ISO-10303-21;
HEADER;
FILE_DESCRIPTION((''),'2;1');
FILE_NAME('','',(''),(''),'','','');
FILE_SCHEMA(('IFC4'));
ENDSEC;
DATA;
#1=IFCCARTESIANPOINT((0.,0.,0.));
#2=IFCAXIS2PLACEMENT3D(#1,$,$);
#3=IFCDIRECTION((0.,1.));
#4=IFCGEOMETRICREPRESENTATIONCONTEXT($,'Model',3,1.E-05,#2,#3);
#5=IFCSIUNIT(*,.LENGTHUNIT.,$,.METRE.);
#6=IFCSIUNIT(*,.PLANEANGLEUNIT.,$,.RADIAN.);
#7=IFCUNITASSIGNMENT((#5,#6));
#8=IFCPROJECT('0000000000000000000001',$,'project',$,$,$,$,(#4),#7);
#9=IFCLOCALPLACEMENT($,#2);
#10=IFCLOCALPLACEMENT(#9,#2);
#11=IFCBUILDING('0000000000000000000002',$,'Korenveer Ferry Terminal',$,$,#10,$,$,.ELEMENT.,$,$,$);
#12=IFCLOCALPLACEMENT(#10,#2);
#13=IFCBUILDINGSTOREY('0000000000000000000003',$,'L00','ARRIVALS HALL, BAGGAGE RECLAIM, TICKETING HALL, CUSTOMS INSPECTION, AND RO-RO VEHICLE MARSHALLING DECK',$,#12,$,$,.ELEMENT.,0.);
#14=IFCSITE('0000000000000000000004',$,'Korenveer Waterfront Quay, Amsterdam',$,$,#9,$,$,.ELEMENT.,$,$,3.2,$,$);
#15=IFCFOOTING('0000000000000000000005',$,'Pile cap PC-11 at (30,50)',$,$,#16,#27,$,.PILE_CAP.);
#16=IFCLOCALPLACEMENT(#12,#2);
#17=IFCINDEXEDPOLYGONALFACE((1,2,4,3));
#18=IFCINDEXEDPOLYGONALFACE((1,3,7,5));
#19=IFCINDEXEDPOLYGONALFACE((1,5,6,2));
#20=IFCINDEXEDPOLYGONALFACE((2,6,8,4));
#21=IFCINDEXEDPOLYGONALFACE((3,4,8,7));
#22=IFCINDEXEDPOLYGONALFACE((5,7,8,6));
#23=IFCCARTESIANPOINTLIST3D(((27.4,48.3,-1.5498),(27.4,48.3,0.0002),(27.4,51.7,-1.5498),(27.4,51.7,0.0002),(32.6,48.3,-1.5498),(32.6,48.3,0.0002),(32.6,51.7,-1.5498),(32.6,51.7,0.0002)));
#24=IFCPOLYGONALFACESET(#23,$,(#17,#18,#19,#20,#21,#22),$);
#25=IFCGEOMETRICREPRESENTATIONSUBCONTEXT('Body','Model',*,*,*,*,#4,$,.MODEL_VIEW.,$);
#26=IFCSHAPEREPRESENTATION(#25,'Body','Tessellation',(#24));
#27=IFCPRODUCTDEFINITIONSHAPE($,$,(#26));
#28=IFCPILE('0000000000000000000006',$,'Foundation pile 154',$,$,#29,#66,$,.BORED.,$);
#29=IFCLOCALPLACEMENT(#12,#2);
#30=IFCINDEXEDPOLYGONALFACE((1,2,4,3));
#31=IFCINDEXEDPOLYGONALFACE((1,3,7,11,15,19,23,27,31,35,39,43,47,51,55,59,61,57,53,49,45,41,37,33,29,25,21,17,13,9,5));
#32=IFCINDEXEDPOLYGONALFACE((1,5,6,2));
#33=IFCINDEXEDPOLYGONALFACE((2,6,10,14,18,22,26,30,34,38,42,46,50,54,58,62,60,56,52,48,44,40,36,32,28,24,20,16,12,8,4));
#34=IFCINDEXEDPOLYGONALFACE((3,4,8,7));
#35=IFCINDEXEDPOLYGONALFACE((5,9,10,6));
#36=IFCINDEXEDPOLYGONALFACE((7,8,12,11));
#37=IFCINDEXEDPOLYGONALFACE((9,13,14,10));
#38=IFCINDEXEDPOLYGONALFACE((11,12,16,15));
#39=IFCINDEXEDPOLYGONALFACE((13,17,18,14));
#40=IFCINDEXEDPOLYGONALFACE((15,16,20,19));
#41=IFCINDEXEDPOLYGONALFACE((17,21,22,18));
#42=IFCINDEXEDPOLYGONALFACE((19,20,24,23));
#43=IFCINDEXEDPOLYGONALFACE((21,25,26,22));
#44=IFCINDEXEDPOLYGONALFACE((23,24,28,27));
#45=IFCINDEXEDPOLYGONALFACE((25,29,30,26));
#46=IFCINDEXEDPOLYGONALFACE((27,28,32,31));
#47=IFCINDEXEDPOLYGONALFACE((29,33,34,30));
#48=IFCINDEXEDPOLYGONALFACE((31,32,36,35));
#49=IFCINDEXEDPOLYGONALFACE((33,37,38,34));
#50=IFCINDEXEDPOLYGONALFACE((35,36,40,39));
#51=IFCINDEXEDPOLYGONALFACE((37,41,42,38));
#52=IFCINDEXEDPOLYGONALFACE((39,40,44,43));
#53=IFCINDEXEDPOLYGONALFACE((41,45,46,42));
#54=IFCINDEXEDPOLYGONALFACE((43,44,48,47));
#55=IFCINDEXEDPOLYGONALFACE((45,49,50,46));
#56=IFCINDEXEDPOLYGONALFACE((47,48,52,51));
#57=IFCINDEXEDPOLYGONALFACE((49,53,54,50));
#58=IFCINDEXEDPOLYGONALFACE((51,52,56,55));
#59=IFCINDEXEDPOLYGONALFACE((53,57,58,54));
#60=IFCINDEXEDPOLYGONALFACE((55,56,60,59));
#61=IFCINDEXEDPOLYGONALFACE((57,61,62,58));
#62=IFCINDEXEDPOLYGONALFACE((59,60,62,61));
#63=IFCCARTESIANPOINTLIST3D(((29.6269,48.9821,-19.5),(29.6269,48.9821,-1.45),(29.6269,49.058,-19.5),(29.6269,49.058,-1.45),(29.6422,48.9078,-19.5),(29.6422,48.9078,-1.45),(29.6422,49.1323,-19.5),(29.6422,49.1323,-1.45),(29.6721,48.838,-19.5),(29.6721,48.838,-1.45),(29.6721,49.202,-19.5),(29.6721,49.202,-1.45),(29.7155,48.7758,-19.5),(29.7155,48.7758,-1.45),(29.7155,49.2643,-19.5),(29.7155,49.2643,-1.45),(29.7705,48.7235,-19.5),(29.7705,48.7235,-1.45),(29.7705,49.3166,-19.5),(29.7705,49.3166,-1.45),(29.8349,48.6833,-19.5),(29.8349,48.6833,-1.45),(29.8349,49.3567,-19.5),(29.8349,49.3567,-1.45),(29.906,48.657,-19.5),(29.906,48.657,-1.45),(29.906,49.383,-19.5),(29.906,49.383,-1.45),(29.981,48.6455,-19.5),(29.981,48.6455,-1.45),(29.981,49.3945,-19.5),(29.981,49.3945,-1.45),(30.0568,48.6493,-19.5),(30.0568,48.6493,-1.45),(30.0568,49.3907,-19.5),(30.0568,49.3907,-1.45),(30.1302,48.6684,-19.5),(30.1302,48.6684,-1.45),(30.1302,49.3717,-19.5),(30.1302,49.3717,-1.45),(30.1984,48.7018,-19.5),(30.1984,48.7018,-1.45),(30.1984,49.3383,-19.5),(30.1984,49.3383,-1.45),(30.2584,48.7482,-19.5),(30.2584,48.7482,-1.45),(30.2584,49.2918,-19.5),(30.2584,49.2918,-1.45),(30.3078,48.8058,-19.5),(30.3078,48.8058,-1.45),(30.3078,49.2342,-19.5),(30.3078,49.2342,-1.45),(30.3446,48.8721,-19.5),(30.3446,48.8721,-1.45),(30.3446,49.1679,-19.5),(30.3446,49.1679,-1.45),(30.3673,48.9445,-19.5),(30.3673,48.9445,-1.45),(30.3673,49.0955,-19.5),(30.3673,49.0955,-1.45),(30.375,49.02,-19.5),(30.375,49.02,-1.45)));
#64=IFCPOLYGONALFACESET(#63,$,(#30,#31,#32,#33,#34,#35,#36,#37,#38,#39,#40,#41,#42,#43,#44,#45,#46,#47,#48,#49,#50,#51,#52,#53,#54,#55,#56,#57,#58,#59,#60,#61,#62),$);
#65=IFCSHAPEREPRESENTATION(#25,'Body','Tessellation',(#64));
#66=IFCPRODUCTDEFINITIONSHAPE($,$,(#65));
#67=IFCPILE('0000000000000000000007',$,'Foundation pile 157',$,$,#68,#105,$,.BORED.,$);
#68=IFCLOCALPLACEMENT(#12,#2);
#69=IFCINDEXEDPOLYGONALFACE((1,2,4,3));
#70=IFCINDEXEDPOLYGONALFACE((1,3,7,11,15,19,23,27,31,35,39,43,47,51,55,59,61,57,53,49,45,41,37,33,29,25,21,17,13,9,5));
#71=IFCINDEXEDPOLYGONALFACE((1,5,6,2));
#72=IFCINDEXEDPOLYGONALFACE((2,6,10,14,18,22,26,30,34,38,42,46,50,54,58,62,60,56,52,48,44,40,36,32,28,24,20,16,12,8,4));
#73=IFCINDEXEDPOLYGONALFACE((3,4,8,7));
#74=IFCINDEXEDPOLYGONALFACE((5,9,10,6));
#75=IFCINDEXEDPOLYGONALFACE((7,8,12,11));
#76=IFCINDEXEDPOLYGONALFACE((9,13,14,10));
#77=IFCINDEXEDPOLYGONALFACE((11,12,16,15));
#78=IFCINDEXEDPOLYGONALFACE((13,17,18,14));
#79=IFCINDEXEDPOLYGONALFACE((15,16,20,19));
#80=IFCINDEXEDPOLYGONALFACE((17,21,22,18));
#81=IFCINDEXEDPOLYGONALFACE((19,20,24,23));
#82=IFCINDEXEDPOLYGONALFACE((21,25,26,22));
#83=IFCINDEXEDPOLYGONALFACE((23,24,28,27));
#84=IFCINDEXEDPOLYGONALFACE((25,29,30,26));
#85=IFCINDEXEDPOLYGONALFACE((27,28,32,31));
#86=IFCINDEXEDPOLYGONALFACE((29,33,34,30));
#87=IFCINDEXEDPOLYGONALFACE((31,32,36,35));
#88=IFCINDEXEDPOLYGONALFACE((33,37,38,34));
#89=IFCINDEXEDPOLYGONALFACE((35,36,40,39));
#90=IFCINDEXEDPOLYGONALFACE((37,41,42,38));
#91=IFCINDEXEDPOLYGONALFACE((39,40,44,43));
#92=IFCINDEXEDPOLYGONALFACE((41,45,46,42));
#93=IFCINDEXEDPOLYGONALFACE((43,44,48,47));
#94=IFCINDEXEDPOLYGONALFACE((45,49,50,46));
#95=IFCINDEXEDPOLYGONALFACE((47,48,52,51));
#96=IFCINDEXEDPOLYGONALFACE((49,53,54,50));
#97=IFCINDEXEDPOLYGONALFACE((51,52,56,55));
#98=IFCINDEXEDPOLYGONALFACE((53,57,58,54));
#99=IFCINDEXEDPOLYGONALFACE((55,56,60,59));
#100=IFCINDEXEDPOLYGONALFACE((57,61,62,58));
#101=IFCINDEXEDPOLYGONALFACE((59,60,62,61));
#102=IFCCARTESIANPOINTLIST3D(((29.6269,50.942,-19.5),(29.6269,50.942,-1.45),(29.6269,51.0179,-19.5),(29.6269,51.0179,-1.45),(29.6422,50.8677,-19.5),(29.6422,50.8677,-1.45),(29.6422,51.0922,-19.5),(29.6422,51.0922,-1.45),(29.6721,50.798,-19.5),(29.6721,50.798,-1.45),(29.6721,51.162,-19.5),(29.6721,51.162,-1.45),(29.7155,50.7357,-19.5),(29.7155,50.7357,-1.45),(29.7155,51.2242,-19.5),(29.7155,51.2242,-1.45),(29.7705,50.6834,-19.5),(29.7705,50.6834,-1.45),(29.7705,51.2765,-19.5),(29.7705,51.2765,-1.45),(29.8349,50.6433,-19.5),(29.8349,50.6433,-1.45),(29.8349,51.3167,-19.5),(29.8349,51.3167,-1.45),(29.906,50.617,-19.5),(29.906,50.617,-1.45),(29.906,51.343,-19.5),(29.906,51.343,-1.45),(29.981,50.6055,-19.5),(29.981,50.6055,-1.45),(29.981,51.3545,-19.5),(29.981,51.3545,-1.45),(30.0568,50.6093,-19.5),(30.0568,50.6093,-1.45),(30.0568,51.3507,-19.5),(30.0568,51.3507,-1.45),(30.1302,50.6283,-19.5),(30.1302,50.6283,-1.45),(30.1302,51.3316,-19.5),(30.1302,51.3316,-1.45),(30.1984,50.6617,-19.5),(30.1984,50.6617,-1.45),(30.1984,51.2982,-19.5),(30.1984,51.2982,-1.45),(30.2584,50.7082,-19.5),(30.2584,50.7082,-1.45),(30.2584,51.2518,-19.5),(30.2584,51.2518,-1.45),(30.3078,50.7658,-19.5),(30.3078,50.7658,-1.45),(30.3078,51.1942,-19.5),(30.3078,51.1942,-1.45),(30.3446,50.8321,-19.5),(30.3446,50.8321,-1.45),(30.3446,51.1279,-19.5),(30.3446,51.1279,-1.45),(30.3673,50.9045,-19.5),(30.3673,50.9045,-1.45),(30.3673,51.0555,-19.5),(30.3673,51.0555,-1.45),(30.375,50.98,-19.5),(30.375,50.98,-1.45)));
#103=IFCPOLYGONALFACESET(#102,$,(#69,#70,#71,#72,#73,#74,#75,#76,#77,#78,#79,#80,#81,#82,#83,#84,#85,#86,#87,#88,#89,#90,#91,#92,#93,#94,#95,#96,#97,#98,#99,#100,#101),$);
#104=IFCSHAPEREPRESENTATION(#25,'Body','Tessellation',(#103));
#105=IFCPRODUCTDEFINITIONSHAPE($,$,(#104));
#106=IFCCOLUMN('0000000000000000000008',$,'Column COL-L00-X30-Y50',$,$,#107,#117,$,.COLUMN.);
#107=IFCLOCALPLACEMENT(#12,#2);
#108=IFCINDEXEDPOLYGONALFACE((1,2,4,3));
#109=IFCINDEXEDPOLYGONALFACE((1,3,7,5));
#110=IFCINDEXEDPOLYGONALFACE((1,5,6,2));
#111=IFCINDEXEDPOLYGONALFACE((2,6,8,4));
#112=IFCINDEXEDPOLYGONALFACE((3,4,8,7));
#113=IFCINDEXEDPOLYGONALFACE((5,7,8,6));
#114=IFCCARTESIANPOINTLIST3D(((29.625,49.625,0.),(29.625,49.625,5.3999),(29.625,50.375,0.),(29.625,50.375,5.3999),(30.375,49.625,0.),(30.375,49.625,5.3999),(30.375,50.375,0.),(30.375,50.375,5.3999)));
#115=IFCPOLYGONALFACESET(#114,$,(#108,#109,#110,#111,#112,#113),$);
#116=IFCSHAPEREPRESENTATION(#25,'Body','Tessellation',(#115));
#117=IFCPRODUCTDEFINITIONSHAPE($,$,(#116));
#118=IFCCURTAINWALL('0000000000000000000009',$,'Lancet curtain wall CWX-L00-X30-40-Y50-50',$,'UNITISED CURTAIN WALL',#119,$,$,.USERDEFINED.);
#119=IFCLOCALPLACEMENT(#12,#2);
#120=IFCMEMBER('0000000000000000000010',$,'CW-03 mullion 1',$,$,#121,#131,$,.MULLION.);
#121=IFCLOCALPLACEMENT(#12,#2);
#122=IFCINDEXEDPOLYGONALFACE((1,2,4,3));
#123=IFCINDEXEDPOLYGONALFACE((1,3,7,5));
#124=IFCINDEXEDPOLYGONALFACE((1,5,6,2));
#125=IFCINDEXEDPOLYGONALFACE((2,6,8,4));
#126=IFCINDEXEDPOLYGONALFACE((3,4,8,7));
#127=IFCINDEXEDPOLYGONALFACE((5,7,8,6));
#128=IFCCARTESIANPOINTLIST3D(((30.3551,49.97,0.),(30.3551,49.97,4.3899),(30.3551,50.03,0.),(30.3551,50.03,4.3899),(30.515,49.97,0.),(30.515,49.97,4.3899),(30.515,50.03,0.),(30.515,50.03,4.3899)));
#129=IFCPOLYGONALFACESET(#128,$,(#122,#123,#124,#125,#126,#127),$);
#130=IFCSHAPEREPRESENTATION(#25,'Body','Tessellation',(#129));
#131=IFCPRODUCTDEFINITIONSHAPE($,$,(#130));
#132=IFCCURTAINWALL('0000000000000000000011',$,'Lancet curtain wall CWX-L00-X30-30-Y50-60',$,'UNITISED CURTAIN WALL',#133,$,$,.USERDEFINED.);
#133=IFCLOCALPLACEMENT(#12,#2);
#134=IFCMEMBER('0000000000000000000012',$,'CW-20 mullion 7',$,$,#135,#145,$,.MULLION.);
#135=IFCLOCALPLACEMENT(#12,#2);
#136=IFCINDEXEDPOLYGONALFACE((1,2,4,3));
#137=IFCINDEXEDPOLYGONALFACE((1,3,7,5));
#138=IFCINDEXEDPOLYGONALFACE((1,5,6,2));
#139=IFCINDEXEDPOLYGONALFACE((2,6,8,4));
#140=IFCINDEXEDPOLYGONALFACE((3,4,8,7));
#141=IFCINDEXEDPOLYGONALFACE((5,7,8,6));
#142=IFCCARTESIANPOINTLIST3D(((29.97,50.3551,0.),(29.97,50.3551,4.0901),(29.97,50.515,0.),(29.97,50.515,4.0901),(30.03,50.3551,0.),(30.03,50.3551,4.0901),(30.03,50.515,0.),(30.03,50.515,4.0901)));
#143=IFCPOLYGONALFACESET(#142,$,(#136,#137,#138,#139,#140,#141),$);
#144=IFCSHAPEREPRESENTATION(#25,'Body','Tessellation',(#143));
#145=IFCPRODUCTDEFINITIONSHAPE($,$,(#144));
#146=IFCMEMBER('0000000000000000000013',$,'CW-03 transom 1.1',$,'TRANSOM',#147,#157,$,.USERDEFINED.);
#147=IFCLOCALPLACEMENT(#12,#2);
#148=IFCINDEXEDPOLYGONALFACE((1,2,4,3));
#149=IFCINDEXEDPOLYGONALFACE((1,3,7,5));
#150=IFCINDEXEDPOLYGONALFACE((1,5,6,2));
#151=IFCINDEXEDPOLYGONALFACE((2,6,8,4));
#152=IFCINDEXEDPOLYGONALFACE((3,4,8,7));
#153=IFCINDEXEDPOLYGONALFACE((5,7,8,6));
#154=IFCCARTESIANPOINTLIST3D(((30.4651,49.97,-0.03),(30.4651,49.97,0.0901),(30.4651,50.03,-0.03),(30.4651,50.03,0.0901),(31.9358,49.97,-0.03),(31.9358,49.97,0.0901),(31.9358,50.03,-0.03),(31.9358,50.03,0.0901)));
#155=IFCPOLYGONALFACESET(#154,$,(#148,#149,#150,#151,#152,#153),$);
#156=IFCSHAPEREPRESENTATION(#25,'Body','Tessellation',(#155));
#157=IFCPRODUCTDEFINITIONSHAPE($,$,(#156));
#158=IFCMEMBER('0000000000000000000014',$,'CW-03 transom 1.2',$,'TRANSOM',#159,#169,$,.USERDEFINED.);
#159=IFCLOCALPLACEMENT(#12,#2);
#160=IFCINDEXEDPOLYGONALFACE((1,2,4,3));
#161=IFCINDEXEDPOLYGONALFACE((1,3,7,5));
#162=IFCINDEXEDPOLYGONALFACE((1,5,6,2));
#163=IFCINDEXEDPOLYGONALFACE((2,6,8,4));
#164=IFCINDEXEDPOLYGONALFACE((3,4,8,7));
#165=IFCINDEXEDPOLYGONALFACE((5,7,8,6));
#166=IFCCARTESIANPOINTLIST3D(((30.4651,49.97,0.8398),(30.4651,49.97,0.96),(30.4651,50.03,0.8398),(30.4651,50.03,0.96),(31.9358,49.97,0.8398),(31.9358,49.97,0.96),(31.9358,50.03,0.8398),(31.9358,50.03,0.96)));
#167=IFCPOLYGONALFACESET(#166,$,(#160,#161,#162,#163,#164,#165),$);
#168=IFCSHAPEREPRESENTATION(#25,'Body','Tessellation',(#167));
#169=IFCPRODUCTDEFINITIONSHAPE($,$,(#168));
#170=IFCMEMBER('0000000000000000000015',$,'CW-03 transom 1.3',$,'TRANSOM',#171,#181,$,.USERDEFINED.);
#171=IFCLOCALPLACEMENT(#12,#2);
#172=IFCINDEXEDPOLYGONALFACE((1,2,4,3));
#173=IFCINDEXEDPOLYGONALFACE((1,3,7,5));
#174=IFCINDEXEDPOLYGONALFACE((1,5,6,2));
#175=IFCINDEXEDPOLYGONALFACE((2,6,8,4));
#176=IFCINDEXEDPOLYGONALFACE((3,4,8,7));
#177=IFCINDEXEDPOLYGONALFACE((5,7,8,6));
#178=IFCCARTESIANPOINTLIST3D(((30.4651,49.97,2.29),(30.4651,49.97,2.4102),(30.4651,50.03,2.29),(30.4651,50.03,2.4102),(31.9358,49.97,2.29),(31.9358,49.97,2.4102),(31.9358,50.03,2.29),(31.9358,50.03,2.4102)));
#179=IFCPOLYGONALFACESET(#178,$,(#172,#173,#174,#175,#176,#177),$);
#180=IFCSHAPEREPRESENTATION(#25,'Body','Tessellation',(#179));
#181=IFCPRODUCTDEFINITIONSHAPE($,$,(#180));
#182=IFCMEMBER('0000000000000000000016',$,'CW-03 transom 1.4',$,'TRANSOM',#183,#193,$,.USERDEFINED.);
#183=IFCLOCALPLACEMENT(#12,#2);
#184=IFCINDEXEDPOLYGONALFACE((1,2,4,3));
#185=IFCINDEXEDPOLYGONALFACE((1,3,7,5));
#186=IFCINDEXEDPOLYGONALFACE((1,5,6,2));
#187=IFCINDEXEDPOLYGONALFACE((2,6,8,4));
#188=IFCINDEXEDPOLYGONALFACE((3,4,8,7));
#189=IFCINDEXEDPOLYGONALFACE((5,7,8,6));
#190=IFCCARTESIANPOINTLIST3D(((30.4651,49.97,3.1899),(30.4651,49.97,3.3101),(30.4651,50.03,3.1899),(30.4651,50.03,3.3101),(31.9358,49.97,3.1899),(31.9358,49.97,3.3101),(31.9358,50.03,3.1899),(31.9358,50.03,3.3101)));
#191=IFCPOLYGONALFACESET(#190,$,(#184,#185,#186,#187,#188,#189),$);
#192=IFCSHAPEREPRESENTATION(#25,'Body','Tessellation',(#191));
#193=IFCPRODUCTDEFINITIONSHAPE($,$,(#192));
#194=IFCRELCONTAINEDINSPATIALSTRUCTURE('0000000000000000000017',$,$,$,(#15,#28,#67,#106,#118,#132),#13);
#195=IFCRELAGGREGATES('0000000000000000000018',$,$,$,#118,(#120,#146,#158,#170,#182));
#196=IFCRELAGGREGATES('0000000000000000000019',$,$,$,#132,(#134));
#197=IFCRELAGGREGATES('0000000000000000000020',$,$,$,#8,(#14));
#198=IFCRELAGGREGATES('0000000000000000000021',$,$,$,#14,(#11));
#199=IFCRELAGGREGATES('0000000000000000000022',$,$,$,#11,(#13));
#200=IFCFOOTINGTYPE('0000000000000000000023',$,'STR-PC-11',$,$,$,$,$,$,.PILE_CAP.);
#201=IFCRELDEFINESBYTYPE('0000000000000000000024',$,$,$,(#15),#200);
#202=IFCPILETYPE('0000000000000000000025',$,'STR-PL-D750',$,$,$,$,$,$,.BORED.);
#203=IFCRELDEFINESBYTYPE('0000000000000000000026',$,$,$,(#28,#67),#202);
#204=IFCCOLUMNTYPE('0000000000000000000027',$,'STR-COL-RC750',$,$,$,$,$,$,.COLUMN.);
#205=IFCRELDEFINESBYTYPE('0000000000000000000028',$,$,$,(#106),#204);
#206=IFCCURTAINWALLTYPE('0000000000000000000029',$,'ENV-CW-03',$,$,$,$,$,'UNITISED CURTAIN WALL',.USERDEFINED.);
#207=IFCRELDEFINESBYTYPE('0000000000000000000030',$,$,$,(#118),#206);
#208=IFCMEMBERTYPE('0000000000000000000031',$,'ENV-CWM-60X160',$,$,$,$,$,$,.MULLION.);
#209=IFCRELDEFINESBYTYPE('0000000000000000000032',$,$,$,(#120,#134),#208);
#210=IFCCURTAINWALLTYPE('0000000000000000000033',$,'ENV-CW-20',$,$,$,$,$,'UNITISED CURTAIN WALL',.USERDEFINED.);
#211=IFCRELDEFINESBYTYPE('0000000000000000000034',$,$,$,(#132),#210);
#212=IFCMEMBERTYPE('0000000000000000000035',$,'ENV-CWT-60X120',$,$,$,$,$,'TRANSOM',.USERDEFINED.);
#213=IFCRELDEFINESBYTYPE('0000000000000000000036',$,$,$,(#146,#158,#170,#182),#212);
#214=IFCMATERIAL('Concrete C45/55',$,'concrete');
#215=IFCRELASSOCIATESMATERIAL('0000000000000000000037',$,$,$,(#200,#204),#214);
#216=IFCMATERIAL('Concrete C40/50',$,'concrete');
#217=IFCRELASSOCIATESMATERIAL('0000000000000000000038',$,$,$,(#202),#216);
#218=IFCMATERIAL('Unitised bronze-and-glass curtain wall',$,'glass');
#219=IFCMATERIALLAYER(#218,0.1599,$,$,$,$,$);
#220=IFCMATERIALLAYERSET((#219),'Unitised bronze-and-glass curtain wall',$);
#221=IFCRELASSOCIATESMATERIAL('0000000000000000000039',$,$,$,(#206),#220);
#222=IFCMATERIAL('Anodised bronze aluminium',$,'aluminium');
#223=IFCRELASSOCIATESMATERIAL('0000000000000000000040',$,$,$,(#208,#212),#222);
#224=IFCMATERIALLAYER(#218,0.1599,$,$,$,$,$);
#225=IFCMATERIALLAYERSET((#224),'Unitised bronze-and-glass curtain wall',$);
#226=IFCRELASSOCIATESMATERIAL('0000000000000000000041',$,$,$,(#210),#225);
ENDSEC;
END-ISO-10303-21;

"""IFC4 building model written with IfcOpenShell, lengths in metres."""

from ifc_helpers import new_model, si_unit, direction, frame, origin, origin_2d, place, context, subcontext, project, spatial, rectangle, circle, extrude, material, layer, layer_set, material_profile, profile_set, type_object, element, aggregate, save


model = new_model("IFC4")

# Units and contexts
model_context = context("Model", 3, precision=1e-05, world=origin(), true_north=direction((0.0, 1.0)))
body_context = subcontext(model_context, "Body", "Model", "MODEL_VIEW")
ifc_project = project(units=[si_unit("LENGTHUNIT", "METRE"), si_unit("PLANEANGLEUNIT", "RADIAN")], contexts=[model_context])

# Site, building, storey
site_placement = place(None, origin())
site = spatial("IfcSite", under=ifc_project, at=site_placement, Name="Korenveer Waterfront Quay, Amsterdam", CompositionType="ELEMENT", RefElevation=3.2)
building_placement = place(site_placement, origin())
building = spatial("IfcBuilding", under=site, at=building_placement, Name="Korenveer Ferry Terminal", CompositionType="ELEMENT")
storey_placement = place(building_placement, origin())
storey = spatial("IfcBuildingStorey", under=building, at=storey_placement, Name="L00", Description="ARRIVALS HALL, BAGGAGE RECLAIM, TICKETING HALL, CUSTOMS INSPECTION, AND RO-RO VEHICLE MARSHALLING DECK", CompositionType="ELEMENT", Elevation=0.0)

# Footing
ifc_material_1 = material(Name="Concrete C45/55", Category="concrete")
footing_type = type_object("IfcFootingType", Name="STR-PC-11", PredefinedType="PILE_CAP", material=ifc_material_1)
footing_placement = place(storey_placement, frame((30.0, 50.0, -1.5498), z_axis=(0.0, 0.0, 1.0), x_axis=(1.0, 0.0, 0.0)))
element("IfcFooting", 1, at=footing_placement, inside=storey, type_object=footing_type, Name="Pile cap PC-11 at (30,50)", PredefinedType="PILE_CAP", context=body_context, shape_type="SweptSolid", body=[
    extrude(rectangle(XDim=5.2, YDim=3.3999, at=origin_2d()), origin(), (0.0, 0.0, 1.0), 1.55),
])

# Piles
ifc_material_2 = material(Name="Concrete C40/50", Category="concrete")
ifc_material_profile_1 = material_profile(ifc_material_2, circle(Radius=0.375, at=origin_2d()), Name="PILE D750")
ifc_profile_set_1 = profile_set([ifc_material_profile_1], Name="Concrete C40/50")
pile_type = type_object("IfcPileType", Name="STR-PL-D750", PredefinedType="BORED", material=ifc_profile_set_1)
for number, where, z_axis, x_axis, name in (
    (2, (30.0, 49.02, -1.45), (0.0, 0.0, -1.0), (1.0, 0.0, 0.0), "Foundation pile 154"),
    (3, (30.0, 50.98, -1.45), (0.0, 0.0, -1.0), (1.0, 0.0, 0.0), "Foundation pile 157"),
):
    element("IfcPile", number, at=place(storey_placement, frame(where, z_axis=z_axis, x_axis=x_axis)), inside=storey, type_object=pile_type, Name=name, PredefinedType="BORED", context=body_context, shape_type="SweptSolid", body=[
        extrude(circle(Radius=0.375, at=origin_2d()), origin(), (0.0, 0.0, 1.0), 18.05),
    ])

# Column
ifc_material_profile_2 = material_profile(ifc_material_1, rectangle(XDim=0.75, YDim=0.75, at=origin_2d()), Name="RC 750x750")
ifc_profile_set_2 = profile_set([ifc_material_profile_2], Name="Concrete C45/55")
column_type = type_object("IfcColumnType", Name="STR-COL-RC750", PredefinedType="COLUMN", material=ifc_profile_set_2)
column_placement = place(storey_placement, frame((30.0, 50.0, 0.0), z_axis=(0.0, 0.0, 1.0), x_axis=(1.0, 0.0, 0.0)))
element("IfcColumn", 4, at=column_placement, inside=storey, type_object=column_type, Name="Column COL-L00-X30-Y50", PredefinedType="COLUMN", context=body_context, shape_type="SweptSolid", body=[
    extrude(rectangle(XDim=0.75, YDim=0.75, at=origin_2d()), origin(), (0.0, 0.0, 1.0), 5.3999),
])

# Curtain walls, members
ifc_material_3 = material(Name="Unitised bronze-and-glass curtain wall", Category="glass")
ifc_layer_1 = layer(ifc_material_3, 0.1599)
ifc_layer_set_1 = layer_set([ifc_layer_1], Name="Unitised bronze-and-glass curtain wall")
curtain_wall_type_1 = type_object("IfcCurtainWallType", Name="ENV-CW-03", ElementType="UNITISED CURTAIN WALL", PredefinedType="USERDEFINED", material=ifc_layer_set_1)
curtain_wall_1_placement = place(storey_placement, frame((30.405, 50.0, 0.0)))
curtain_wall_1 = element("IfcCurtainWall", 5, at=curtain_wall_1_placement, inside=storey, type_object=curtain_wall_type_1, Name="Lancet curtain wall CWX-L00-X30-40-Y50-50", ObjectType="UNITISED CURTAIN WALL", PredefinedType="USERDEFINED")
ifc_material_4 = material(Name="Anodised bronze aluminium", Category="aluminium")
ifc_material_profile_3 = material_profile(ifc_material_4, rectangle(XDim=0.0601, YDim=0.1599, at=origin_2d()), Name="ALU 60x160")
ifc_profile_set_3 = profile_set([ifc_material_profile_3], Name="Anodised bronze aluminium")
member_type_1 = type_object("IfcMemberType", Name="ENV-CWM-60X160", PredefinedType="MULLION", material=ifc_profile_set_3)
member_1_placement = place(storey_placement, frame((30.4351, 50.0, 0.0), z_axis=(0.0, 0.0, 1.0), x_axis=(0.0, 1.0, 0.0)))
member_1 = element("IfcMember", 6, at=member_1_placement, type_object=member_type_1, Name="CW-03 mullion 1", PredefinedType="MULLION", context=body_context, shape_type="SweptSolid", body=[
    extrude(rectangle(XDim=0.0601, YDim=0.1599, at=origin_2d()), origin(), (0.0, 0.0, 1.0), 4.3899),
])
ifc_layer_2 = layer(ifc_material_3, 0.1599)
ifc_layer_set_2 = layer_set([ifc_layer_2], Name="Unitised bronze-and-glass curtain wall")
curtain_wall_type_2 = type_object("IfcCurtainWallType", Name="ENV-CW-20", ElementType="UNITISED CURTAIN WALL", PredefinedType="USERDEFINED", material=ifc_layer_set_2)
curtain_wall_2_placement = place(storey_placement, frame((30.0, 59.595, 0.0)))
curtain_wall_2 = element("IfcCurtainWall", 7, at=curtain_wall_2_placement, inside=storey, type_object=curtain_wall_type_2, Name="Lancet curtain wall CWX-L00-X30-30-Y50-60", ObjectType="UNITISED CURTAIN WALL", PredefinedType="USERDEFINED")
member_2_placement = place(storey_placement, frame((30.0, 50.4351, 0.0), z_axis=(0.0, 0.0, 1.0), x_axis=(1.0, 0.0, 0.0)))
member_2 = element("IfcMember", 8, at=member_2_placement, type_object=member_type_1, Name="CW-20 mullion 7", PredefinedType="MULLION", context=body_context, shape_type="SweptSolid", body=[
    extrude(rectangle(XDim=0.0601, YDim=0.1599, at=origin_2d()), origin(), (0.0, 0.0, 1.0), 4.0901),
])

# Members
ifc_material_profile_4 = material_profile(ifc_material_4, rectangle(XDim=0.0601, YDim=0.1201, at=origin_2d()), Name="ALU 60x120")
ifc_profile_set_4 = profile_set([ifc_material_profile_4], Name="Anodised bronze aluminium")
member_type_2 = type_object("IfcMemberType", Name="ENV-CWT-60X120", ElementType="TRANSOM", PredefinedType="USERDEFINED", material=ifc_profile_set_4)
member_3_placement = place(storey_placement, frame((30.4651, 50.0, 0.03), z_axis=(1.0, 0.0, 0.0), x_axis=(0.0, 1.0, 0.0)))
member_3 = element("IfcMember", 9, at=member_3_placement, type_object=member_type_2, Name="CW-03 transom 1.1", ObjectType="TRANSOM", PredefinedType="USERDEFINED", context=body_context, shape_type="SweptSolid", body=[
    extrude(rectangle(XDim=0.0601, YDim=0.1201, at=origin_2d()), origin(), (0.0, 0.0, 1.0), 1.4707),
])
member_4_placement = place(storey_placement, frame((30.4651, 50.0, 0.8999), z_axis=(1.0, 0.0, 0.0), x_axis=(0.0, 1.0, 0.0)))
member_4 = element("IfcMember", 10, at=member_4_placement, type_object=member_type_2, Name="CW-03 transom 1.2", ObjectType="TRANSOM", PredefinedType="USERDEFINED", context=body_context, shape_type="SweptSolid", body=[
    extrude(rectangle(XDim=0.0601, YDim=0.1201, at=origin_2d()), origin(), (0.0, 0.0, 1.0), 1.4707),
])
member_5_placement = place(storey_placement, frame((30.4651, 50.0, 2.3501), z_axis=(1.0, 0.0, 0.0), x_axis=(0.0, 1.0, 0.0)))
member_5 = element("IfcMember", 11, at=member_5_placement, type_object=member_type_2, Name="CW-03 transom 1.3", ObjectType="TRANSOM", PredefinedType="USERDEFINED", context=body_context, shape_type="SweptSolid", body=[
    extrude(rectangle(XDim=0.0601, YDim=0.1201, at=origin_2d()), origin(), (0.0, 0.0, 1.0), 1.4707),
])
member_6_placement = place(storey_placement, frame((30.4651, 50.0, 3.25), z_axis=(1.0, 0.0, 0.0), x_axis=(0.0, 1.0, 0.0)))
member_6 = element("IfcMember", 12, at=member_6_placement, type_object=member_type_2, Name="CW-03 transom 1.4", ObjectType="TRANSOM", PredefinedType="USERDEFINED", context=body_context, shape_type="SweptSolid", body=[
    extrude(rectangle(XDim=0.0601, YDim=0.1201, at=origin_2d()), origin(), (0.0, 0.0, 1.0), 1.4707),
])
aggregate(curtain_wall_1, [member_1, member_3, member_4, member_5, member_6])

aggregate(curtain_wall_2, [member_2])

save(model, "model.ifc")
